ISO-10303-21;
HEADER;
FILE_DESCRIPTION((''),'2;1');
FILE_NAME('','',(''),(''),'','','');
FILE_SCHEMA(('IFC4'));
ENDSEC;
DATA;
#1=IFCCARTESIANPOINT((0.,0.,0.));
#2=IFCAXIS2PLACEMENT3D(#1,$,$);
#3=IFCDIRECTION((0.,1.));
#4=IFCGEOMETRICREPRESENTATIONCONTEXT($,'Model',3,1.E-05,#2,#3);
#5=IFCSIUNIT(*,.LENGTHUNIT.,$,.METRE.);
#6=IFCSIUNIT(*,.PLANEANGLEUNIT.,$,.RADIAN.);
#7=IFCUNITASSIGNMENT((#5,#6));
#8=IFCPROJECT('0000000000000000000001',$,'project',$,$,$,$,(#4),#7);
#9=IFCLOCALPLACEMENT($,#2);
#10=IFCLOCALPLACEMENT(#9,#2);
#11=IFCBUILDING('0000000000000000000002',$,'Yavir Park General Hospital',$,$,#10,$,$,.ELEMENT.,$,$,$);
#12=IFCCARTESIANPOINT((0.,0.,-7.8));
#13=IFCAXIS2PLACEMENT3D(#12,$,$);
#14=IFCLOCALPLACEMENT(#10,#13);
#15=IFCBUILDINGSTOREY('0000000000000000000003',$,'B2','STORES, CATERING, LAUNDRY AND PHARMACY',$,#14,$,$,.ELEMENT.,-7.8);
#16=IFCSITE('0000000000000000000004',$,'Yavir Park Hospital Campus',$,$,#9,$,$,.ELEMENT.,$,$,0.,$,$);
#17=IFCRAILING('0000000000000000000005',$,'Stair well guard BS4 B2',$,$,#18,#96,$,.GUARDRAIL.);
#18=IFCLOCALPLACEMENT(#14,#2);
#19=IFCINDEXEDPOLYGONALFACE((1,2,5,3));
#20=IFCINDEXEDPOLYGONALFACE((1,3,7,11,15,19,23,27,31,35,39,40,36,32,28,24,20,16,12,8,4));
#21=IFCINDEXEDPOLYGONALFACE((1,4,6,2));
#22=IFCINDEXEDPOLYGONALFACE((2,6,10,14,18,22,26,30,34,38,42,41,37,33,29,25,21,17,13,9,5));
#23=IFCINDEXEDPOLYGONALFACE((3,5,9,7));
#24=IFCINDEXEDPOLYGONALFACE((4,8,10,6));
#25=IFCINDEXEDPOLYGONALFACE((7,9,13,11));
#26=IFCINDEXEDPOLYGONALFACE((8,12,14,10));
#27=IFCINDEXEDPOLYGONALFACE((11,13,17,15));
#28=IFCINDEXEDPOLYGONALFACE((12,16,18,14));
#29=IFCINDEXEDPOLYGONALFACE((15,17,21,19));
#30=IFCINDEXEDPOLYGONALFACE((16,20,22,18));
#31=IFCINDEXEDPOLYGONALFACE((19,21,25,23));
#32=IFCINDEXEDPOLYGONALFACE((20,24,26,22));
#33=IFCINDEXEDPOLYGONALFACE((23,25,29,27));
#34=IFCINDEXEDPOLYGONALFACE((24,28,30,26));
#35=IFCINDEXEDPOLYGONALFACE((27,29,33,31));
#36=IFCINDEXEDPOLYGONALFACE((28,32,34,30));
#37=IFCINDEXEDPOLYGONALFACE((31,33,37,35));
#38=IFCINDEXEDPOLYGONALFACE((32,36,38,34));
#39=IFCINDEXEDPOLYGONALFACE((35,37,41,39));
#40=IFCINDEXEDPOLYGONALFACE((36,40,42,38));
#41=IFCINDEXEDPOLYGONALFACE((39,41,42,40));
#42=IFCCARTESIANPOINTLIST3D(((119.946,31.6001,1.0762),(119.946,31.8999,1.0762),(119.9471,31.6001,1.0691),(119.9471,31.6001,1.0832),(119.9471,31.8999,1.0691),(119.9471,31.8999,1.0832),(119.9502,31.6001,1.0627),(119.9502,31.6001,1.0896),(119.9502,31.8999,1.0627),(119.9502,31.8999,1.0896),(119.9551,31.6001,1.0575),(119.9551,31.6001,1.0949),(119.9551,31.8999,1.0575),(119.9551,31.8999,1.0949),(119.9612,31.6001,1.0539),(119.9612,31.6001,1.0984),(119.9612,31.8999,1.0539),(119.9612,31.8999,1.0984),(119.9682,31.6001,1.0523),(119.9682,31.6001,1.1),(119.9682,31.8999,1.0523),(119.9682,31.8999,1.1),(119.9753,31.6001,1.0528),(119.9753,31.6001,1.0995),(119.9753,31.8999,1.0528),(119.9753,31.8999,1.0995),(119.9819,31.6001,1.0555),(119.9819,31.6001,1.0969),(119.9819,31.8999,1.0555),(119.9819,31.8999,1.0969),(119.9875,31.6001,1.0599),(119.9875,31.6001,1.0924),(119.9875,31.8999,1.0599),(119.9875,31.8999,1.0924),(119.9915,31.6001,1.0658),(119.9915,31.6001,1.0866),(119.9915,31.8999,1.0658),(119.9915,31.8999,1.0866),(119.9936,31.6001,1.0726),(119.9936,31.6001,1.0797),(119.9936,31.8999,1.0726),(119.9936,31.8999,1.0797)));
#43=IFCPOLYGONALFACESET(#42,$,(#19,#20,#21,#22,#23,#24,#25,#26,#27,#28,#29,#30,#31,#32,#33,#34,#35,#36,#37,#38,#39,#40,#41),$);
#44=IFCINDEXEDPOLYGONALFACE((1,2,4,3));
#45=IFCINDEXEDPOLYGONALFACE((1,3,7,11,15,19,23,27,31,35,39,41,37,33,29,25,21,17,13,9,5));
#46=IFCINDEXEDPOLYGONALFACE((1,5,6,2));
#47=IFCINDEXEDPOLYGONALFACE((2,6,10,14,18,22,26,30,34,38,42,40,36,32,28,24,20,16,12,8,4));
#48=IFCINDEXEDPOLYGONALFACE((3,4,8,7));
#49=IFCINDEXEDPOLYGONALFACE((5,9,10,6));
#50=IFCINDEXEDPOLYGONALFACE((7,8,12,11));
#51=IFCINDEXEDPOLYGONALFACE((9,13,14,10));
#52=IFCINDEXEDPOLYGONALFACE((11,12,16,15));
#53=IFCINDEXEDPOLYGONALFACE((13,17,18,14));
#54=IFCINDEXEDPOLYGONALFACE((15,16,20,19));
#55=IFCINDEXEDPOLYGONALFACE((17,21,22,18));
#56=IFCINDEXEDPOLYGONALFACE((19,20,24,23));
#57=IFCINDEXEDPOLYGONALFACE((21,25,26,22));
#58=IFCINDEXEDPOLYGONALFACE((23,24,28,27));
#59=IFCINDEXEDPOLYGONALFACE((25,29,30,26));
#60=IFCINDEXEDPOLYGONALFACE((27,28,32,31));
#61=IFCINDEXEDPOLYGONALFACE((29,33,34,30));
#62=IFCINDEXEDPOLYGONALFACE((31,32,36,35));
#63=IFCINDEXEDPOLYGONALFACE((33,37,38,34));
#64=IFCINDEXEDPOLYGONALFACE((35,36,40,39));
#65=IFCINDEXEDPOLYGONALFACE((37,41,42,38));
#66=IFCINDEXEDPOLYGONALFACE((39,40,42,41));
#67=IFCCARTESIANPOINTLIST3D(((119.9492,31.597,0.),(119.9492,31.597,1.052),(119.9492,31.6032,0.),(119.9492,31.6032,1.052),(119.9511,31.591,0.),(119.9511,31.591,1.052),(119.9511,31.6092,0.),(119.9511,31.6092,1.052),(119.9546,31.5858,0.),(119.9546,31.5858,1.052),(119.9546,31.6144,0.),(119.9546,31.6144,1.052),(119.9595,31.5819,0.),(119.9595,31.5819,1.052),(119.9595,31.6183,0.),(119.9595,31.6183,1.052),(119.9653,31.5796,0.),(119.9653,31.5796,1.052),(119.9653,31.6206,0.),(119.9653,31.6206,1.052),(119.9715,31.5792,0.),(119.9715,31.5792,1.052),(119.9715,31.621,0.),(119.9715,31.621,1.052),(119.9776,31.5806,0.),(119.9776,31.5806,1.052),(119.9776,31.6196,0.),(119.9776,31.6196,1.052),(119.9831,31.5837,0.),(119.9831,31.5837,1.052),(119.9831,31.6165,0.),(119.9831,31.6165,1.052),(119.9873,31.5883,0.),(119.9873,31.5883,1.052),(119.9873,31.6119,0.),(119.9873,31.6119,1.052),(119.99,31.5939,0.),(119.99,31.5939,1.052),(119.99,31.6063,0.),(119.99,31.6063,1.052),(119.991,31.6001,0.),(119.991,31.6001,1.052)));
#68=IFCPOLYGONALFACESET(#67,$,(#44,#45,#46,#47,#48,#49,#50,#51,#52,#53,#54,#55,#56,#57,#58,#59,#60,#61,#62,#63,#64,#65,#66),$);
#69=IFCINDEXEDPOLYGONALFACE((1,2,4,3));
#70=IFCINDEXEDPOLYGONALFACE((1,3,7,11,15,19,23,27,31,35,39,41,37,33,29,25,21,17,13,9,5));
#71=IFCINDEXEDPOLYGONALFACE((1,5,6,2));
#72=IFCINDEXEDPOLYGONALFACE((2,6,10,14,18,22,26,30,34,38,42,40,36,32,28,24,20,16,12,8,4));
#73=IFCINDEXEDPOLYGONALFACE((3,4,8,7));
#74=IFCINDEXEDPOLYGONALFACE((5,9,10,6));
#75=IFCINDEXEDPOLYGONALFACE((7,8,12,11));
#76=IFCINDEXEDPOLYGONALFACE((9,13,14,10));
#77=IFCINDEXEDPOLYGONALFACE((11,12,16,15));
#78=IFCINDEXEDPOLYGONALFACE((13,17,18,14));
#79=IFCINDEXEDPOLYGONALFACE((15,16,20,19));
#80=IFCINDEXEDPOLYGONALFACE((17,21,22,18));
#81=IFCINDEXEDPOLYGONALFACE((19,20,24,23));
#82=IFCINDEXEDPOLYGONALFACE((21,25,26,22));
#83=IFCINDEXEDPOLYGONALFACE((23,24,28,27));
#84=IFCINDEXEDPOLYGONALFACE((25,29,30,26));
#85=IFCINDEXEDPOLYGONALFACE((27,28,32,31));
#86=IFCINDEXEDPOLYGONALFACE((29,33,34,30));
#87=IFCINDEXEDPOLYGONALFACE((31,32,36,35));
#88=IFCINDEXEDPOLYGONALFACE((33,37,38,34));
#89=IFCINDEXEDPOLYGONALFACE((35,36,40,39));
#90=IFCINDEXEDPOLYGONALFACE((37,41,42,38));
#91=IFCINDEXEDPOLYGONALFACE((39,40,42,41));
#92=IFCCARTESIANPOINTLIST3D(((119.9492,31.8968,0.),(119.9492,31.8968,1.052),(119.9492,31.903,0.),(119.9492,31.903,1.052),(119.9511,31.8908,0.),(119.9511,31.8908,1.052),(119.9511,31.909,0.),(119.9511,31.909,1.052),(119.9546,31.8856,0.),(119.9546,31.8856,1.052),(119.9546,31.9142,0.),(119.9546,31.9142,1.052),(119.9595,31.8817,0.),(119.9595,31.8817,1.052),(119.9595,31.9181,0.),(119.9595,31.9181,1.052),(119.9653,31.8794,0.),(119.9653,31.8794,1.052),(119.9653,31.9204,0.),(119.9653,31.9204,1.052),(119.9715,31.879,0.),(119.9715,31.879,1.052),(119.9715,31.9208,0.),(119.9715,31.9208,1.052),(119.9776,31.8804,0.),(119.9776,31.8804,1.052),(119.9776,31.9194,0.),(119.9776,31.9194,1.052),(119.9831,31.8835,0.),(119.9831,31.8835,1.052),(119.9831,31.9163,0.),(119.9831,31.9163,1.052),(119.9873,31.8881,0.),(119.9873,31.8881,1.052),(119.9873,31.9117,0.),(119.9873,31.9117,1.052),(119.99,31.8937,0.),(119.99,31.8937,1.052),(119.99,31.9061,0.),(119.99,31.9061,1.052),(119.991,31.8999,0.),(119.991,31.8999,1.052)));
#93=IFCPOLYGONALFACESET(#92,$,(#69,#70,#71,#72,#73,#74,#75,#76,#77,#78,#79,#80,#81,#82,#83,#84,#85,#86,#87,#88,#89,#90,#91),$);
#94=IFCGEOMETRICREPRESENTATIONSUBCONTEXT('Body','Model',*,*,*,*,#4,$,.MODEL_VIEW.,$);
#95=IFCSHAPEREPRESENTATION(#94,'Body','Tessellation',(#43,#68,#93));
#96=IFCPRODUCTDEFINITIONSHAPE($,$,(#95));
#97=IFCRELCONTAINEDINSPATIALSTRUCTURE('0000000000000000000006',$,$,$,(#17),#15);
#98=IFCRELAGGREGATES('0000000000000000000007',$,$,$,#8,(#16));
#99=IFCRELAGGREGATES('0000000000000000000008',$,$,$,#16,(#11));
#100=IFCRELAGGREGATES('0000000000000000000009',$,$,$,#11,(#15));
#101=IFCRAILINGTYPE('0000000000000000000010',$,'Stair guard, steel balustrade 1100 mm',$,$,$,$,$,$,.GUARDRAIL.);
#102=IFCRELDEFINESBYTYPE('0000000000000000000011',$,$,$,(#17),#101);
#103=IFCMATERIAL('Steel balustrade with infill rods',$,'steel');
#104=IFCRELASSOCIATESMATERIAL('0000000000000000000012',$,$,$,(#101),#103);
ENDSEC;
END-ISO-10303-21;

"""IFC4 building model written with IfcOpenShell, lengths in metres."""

from ifc_helpers import new_model, si_unit, direction, frame, origin, origin_2d, place, context, subcontext, project, spatial, circle, extrude, material, type_object, element, save


model = new_model("IFC4")

# Units and contexts
model_context = context("Model", 3, precision=1e-05, world=origin(), true_north=direction((0.0, 1.0)))
body_context = subcontext(model_context, "Body", "Model", "MODEL_VIEW")
ifc_project = project(units=[si_unit("LENGTHUNIT", "METRE"), si_unit("PLANEANGLEUNIT", "RADIAN")], contexts=[model_context])

# Site, building, storey
site_placement = place(None, origin())
site = spatial("IfcSite", under=ifc_project, at=site_placement, Name="Yavir Park Hospital Campus", CompositionType="ELEMENT", RefElevation=0.0)
building_placement = place(site_placement, origin())
building = spatial("IfcBuilding", under=site, at=building_placement, Name="Yavir Park General Hospital", CompositionType="ELEMENT")
storey_placement = place(building_placement, frame((0.0, 0.0, -7.8)))
storey = spatial("IfcBuildingStorey", under=building, at=storey_placement, Name="B2", Description="STORES, CATERING, LAUNDRY AND PHARMACY", CompositionType="ELEMENT", Elevation=-7.8)

# Railing
ifc_material_1 = material(Name="Steel balustrade with infill rods", Category="steel")
railing_type_1 = type_object("IfcRailingType", Name="Stair guard, steel balustrade 1100 mm", PredefinedType="GUARDRAIL", material=ifc_material_1)
railing_1_placement = place(storey_placement, frame((119.97, 31.6001, 0.0)))
element("IfcRailing", 1, at=railing_1_placement, inside=storey, type_object=railing_type_1, Name="Stair well guard BS4 B2", PredefinedType="GUARDRAIL", context=body_context, shape_type="SweptSolid", body=[
    extrude(circle(Radius=0.0239, at=origin_2d()), frame((0.0, 0.0, 1.0762), z_axis=(0.0, 1.0, 0.0), x_axis=(-1.0, 0.0, 0.0)), (0.0, 0.0, 1.0), 0.2998),
    extrude(circle(Radius=0.021, at=origin_2d()), origin(), (0.0, 0.0, 1.0), 1.052),
    extrude(circle(Radius=0.021, at=origin_2d()), frame((0.0, 0.2998, 0.0)), (0.0, 0.0, 1.0), 1.052),
])

save(model, "model.ifc")
